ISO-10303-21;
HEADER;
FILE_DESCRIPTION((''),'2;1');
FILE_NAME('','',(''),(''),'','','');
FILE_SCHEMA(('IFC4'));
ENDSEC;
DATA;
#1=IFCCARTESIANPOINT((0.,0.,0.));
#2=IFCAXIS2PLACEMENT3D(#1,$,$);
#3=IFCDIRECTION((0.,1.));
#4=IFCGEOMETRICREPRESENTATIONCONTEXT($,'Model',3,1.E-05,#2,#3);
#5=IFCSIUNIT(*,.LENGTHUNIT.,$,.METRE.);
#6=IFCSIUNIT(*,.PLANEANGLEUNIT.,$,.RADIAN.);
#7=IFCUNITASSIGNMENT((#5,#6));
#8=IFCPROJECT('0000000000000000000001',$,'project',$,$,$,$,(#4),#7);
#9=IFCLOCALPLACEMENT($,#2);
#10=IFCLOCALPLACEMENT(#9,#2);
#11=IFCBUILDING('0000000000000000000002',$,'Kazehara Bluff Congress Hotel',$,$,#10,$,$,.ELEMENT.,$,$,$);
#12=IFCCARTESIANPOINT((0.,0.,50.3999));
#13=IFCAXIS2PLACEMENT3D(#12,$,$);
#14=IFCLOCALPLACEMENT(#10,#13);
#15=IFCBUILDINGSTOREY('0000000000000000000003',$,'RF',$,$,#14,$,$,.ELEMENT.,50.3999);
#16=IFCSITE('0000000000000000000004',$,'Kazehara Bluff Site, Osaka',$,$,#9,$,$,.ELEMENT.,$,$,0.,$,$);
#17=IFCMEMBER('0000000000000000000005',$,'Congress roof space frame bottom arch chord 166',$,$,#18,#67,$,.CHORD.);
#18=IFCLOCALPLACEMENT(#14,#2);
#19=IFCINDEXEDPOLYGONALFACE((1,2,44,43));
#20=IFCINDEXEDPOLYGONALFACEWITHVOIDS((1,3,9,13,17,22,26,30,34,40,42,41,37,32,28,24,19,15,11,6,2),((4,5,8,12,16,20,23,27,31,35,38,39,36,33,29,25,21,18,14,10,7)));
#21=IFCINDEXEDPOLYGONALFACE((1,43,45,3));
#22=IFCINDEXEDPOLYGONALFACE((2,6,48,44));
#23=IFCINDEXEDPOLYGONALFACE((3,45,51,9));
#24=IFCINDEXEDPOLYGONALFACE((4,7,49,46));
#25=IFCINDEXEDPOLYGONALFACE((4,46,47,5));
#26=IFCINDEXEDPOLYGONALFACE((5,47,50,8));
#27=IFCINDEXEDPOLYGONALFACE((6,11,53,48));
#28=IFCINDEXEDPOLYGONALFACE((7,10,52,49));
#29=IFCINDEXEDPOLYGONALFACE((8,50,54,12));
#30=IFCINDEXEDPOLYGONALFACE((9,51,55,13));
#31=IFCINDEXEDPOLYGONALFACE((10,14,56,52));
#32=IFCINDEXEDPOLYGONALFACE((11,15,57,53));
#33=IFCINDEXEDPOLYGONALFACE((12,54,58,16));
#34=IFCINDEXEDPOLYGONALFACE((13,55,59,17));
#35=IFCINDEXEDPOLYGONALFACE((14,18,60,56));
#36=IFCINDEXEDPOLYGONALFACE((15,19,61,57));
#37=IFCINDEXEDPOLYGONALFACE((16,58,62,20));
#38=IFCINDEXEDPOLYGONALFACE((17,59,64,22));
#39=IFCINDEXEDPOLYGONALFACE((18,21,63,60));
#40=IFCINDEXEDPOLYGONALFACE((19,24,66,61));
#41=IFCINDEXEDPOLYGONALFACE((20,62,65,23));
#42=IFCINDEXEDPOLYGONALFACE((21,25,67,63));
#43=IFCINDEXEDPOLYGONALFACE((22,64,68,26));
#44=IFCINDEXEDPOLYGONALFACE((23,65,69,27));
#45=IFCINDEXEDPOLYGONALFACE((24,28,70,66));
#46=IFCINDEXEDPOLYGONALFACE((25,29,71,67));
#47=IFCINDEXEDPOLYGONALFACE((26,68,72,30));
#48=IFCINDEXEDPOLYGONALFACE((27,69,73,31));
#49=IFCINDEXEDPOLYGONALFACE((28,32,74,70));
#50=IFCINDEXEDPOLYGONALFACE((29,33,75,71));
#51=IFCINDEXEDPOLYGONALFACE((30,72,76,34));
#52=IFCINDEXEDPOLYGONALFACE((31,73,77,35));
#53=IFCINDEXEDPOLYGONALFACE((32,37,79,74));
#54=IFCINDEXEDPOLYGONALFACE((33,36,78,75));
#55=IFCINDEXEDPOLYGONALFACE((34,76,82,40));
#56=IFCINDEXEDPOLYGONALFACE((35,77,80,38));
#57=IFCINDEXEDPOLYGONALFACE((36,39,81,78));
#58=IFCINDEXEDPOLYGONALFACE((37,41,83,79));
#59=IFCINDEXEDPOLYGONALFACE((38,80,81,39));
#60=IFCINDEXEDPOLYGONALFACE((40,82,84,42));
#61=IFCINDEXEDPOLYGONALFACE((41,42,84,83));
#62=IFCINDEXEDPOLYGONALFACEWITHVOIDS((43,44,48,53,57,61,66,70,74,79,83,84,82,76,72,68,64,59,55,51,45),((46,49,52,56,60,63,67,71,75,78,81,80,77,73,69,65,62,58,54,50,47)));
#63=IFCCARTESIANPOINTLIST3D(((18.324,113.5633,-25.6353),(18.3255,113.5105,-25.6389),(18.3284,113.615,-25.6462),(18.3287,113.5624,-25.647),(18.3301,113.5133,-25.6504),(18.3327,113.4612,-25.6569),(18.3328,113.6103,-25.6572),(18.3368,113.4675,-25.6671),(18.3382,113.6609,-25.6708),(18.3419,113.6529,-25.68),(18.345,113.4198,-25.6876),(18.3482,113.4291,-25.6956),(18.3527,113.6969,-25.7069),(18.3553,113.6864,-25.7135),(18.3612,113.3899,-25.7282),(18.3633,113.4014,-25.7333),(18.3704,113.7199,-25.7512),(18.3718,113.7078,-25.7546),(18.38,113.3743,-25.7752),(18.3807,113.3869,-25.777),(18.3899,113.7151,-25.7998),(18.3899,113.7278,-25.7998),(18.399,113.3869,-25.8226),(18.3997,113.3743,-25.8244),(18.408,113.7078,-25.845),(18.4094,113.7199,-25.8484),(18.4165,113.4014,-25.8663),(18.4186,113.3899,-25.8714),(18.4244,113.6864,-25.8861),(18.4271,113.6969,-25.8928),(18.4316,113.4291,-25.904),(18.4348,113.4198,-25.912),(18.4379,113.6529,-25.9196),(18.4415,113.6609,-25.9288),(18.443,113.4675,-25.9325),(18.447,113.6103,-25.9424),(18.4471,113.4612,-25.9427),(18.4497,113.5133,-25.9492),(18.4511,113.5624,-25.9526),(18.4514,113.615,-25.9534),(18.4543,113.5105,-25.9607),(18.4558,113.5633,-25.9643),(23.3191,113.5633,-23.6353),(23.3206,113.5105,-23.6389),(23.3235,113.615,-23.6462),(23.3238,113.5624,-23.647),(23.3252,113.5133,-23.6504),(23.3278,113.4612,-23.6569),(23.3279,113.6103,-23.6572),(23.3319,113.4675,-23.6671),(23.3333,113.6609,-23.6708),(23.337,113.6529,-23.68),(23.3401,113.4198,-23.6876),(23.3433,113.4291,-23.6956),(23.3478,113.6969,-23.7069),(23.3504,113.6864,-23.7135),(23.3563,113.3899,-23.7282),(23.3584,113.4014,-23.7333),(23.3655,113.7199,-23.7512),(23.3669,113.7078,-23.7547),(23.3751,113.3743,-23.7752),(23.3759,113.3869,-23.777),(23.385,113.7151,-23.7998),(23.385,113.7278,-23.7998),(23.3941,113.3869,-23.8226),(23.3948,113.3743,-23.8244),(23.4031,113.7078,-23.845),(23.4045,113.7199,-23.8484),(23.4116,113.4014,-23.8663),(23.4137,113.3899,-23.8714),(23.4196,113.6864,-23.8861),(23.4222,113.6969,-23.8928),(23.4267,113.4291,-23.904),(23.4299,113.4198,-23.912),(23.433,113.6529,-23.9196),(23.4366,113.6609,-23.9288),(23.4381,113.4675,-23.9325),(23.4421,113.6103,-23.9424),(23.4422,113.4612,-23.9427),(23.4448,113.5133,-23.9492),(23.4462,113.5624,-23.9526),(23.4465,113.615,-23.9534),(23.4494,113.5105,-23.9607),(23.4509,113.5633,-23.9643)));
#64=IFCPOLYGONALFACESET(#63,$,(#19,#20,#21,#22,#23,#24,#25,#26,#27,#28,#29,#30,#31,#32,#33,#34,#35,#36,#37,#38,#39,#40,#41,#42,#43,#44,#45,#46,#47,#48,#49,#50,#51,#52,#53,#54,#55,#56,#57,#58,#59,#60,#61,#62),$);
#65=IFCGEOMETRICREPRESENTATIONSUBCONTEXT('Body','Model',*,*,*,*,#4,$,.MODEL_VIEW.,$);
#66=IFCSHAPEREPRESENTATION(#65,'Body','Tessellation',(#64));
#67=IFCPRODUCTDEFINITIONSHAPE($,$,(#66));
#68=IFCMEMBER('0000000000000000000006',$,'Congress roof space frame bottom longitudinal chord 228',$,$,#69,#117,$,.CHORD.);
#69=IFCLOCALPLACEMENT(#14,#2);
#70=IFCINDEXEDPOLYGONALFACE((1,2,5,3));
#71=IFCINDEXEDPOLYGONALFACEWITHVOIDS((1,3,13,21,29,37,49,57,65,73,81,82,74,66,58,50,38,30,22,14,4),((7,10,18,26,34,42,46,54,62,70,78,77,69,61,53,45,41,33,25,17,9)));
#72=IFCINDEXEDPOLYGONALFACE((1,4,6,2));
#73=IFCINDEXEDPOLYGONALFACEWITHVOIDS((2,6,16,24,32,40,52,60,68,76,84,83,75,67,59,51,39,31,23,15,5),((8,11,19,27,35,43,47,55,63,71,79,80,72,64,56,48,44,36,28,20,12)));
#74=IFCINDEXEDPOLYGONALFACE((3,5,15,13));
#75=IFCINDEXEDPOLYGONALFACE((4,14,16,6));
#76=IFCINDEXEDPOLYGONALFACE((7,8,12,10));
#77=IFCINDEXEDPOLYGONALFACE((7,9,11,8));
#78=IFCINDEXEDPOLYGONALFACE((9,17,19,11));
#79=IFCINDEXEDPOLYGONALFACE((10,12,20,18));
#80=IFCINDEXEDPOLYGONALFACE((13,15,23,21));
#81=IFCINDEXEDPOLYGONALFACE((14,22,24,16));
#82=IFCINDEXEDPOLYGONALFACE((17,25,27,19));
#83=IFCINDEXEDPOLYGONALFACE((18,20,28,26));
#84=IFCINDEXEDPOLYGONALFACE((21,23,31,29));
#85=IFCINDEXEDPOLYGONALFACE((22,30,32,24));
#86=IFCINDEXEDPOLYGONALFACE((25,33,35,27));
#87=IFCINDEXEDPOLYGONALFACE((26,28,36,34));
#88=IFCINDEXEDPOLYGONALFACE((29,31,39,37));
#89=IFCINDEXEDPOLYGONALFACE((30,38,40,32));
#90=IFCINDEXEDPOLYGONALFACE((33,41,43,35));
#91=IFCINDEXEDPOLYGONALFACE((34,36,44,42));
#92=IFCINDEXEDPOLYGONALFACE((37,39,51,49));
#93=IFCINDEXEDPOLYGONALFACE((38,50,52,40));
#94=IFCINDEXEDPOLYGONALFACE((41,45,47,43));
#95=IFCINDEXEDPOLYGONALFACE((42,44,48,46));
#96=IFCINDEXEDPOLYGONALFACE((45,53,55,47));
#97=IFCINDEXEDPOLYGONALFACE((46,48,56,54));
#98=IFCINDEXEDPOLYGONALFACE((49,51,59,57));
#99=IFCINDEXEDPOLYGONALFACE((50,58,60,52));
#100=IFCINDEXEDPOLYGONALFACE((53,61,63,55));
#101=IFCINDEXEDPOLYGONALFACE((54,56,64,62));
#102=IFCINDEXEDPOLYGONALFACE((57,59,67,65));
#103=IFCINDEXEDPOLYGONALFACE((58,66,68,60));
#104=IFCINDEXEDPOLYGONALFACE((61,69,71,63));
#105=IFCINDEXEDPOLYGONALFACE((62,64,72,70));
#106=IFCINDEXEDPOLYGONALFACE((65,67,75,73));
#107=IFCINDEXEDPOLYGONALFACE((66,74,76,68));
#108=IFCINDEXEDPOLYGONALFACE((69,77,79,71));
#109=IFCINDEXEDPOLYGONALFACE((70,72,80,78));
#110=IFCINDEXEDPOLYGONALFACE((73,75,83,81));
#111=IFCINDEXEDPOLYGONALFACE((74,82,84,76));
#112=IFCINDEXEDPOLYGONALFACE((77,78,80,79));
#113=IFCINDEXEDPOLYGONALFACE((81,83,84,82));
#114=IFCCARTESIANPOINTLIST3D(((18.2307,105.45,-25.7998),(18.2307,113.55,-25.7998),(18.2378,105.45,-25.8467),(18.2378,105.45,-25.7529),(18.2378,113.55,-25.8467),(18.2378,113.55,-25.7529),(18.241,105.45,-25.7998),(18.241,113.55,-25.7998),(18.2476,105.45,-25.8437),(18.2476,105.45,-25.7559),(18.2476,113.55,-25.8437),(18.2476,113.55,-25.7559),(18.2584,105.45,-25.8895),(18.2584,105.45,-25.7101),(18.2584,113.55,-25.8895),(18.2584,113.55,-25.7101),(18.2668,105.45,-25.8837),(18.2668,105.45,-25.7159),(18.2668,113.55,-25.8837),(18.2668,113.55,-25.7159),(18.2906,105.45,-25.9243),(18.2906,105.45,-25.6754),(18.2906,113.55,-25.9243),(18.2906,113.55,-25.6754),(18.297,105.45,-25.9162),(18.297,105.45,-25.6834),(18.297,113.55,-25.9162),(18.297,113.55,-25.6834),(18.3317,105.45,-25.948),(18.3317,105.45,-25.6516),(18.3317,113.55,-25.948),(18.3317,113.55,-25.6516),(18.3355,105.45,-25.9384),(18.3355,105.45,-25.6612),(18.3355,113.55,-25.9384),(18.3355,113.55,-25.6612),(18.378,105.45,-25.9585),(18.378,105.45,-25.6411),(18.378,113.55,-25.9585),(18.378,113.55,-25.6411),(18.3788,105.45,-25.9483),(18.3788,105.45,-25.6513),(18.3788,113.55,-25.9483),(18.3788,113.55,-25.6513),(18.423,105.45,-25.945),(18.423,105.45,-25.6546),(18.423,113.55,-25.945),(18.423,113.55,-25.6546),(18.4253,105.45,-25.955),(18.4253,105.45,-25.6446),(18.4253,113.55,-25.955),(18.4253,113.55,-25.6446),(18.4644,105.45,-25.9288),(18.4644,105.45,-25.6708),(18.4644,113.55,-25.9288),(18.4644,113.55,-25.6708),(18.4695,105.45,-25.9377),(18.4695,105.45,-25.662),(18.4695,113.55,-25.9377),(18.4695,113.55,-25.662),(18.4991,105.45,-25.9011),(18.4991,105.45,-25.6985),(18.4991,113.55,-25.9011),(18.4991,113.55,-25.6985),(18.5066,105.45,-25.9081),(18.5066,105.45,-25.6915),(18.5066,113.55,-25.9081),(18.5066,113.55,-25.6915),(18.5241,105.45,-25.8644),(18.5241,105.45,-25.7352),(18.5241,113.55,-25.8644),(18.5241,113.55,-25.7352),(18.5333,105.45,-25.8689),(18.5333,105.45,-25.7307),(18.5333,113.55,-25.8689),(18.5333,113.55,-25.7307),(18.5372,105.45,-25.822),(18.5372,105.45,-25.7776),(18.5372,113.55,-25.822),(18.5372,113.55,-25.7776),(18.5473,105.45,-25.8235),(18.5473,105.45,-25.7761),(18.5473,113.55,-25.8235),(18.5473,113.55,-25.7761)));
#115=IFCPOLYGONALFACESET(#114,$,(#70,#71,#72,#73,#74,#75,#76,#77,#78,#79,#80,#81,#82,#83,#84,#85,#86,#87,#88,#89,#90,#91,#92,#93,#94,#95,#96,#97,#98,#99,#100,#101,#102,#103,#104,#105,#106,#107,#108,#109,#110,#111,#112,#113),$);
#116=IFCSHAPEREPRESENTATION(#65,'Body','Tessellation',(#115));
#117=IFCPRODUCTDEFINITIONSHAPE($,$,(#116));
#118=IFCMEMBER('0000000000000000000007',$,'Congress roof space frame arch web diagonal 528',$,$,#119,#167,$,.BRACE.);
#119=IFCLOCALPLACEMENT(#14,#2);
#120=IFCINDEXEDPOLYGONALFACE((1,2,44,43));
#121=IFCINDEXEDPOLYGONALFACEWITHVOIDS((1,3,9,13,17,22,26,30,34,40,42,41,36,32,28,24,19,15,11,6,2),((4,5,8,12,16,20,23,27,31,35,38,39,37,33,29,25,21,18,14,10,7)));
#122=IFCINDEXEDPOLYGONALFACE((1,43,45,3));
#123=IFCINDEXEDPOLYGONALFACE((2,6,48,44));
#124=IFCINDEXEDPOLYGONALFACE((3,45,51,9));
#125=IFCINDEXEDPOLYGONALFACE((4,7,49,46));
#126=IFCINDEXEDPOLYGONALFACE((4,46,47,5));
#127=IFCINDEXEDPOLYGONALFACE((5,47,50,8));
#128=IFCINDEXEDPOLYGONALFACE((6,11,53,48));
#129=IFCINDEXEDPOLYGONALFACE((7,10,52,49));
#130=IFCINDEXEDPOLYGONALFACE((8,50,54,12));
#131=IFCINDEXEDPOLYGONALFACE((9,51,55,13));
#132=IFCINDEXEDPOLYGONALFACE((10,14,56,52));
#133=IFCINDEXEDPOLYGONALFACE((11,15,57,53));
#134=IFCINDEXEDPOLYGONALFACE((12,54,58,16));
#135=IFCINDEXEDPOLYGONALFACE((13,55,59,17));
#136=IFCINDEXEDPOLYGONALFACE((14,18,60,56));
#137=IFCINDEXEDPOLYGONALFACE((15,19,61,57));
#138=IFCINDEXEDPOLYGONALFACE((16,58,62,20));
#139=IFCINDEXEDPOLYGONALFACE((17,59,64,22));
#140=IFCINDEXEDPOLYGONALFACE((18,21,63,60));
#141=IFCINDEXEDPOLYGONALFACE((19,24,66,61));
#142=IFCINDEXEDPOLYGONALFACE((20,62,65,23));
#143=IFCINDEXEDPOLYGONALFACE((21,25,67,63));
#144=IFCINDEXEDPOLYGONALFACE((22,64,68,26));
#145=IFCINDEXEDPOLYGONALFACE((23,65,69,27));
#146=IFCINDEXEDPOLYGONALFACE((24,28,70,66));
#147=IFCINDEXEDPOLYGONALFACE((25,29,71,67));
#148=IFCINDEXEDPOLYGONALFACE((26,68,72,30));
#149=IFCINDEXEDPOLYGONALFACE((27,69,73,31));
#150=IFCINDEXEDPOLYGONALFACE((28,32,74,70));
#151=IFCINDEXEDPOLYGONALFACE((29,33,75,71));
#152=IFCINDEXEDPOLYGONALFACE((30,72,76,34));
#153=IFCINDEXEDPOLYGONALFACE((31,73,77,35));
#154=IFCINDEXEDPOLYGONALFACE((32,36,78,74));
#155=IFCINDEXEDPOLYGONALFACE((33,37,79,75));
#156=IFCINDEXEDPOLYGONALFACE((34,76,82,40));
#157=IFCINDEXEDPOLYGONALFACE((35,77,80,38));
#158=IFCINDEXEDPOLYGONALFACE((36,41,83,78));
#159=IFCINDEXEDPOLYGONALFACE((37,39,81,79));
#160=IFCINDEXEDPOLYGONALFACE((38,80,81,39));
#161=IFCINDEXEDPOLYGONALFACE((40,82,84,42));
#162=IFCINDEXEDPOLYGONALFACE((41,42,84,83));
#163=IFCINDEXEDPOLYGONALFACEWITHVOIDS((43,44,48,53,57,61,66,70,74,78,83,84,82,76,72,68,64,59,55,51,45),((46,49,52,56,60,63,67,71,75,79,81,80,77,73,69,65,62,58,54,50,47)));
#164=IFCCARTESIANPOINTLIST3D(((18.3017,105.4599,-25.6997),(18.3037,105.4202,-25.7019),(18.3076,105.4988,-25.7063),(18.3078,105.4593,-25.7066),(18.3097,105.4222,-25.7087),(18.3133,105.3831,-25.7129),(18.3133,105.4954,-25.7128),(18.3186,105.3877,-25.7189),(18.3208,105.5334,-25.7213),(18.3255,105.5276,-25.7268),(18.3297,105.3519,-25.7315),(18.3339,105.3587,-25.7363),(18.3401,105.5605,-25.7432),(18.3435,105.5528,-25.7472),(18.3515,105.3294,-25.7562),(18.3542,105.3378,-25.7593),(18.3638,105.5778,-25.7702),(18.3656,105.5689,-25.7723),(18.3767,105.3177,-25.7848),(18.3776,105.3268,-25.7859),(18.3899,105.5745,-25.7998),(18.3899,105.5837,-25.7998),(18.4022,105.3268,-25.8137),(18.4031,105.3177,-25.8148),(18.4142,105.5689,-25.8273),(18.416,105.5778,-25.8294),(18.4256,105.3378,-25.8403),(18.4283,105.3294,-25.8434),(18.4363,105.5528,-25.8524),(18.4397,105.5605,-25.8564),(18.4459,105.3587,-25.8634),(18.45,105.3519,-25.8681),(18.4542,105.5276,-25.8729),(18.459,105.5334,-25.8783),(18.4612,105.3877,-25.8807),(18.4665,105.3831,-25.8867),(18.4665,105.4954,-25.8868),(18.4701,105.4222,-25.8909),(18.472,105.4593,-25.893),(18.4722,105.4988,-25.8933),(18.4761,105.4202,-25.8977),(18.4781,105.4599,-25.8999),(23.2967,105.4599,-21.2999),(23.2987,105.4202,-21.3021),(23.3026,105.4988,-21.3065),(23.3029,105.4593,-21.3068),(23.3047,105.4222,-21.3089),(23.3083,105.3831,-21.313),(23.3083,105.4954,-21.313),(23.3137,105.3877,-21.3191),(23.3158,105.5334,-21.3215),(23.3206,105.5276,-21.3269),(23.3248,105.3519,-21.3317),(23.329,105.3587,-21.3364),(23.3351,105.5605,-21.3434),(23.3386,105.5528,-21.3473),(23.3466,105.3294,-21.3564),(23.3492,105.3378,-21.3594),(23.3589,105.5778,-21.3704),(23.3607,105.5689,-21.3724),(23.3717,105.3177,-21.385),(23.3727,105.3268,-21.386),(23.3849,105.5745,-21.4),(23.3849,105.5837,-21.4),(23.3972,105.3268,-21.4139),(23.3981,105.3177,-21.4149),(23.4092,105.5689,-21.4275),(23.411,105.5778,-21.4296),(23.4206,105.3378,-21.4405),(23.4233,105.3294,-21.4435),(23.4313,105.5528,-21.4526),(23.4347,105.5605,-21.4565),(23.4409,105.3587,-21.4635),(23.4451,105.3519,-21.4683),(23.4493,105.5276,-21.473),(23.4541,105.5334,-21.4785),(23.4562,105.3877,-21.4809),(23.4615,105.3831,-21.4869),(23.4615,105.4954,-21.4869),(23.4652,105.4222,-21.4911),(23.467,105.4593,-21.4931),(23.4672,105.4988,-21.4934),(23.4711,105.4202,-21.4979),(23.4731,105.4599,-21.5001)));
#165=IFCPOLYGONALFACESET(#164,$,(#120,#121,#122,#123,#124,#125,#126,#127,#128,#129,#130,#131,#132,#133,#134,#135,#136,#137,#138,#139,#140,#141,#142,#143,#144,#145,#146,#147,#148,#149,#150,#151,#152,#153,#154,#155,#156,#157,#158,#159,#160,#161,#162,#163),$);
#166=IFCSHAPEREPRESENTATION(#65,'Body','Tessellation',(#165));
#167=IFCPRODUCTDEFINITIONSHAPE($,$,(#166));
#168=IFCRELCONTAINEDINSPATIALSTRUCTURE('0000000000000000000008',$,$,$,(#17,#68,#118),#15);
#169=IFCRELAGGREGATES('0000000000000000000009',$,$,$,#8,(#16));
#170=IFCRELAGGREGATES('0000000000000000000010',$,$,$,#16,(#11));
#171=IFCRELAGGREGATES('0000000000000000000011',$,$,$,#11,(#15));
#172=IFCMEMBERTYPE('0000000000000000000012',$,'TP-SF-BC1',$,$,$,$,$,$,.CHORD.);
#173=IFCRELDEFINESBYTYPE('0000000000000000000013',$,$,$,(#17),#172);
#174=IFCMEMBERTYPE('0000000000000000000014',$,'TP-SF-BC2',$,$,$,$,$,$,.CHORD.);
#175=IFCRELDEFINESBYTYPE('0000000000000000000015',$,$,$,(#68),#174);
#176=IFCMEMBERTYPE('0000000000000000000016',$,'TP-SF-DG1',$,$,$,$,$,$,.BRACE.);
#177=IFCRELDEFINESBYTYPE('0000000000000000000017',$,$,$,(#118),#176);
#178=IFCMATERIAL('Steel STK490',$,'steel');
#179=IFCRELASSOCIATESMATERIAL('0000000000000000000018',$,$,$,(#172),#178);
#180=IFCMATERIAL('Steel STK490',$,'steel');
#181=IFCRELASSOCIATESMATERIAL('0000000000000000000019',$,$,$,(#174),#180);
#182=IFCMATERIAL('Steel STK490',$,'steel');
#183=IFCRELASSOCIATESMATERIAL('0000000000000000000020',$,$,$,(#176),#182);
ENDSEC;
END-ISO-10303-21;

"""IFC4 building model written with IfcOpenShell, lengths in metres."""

from ifc_helpers import new_model, si_unit, direction, frame, origin, origin_2d, place, context, subcontext, project, spatial, hollow_circle, extrude, material, material_profile, profile_set, type_object, element, save


model = new_model("IFC4")

# Units and contexts
model_context = context("Model", 3, precision=1e-05, world=origin(), true_north=direction((0.0, 1.0)))
body_context = subcontext(model_context, "Body", "Model", "MODEL_VIEW")
ifc_project = project(units=[si_unit("LENGTHUNIT", "METRE"), si_unit("PLANEANGLEUNIT", "RADIAN")], contexts=[model_context])

# Site, building, storey
site_placement = place(None, origin())
site = spatial("IfcSite", under=ifc_project, at=site_placement, Name="Kazehara Bluff Site, Osaka", CompositionType="ELEMENT", RefElevation=0.0)
building_placement = place(site_placement, origin())
building = spatial("IfcBuilding", under=site, at=building_placement, Name="Kazehara Bluff Congress Hotel", CompositionType="ELEMENT")
storey_placement = place(building_placement, frame((0.0, 0.0, 50.3999)))
storey = spatial("IfcBuildingStorey", under=building, at=storey_placement, Name="RF", CompositionType="ELEMENT", Elevation=50.3999)

# Members
ifc_material_1 = material(Name="Steel STK490", Category="steel")
ifc_material_profile_1 = material_profile(ifc_material_1, hollow_circle(Radius=0.1777, WallThickness=0.0127, at=origin_2d()))
ifc_profile_set_1 = profile_set([ifc_material_profile_1], Name="Steel STK490")
member_type_1 = type_object("IfcMemberType", Name="TP-SF-BC1", PredefinedType="CHORD", material=ifc_profile_set_1)
member_1_placement = place(storey_placement, frame((18.3899, 113.55, -25.7998), z_axis=(0.928351, 0.0, 0.371704), x_axis=(0.0, 1.0, 0.0)))
element("IfcMember", 1, at=member_1_placement, inside=storey, type_object=member_type_1, Name="Congress roof space frame bottom arch chord 166", PredefinedType="CHORD", context=body_context, shape_type="SweptSolid", body=[
    extrude(hollow_circle(Radius=0.1777, WallThickness=0.0127, at=origin_2d()), origin(), (0.0, 0.0, 1.0), 5.3806),
])
ifc_material_2 = material(Name="Steel STK490", Category="steel")
ifc_material_profile_2 = material_profile(ifc_material_2, hollow_circle(Radius=0.1592, WallThickness=0.0103, at=origin_2d()))
ifc_profile_set_2 = profile_set([ifc_material_profile_2], Name="Steel STK490")
member_type_2 = type_object("IfcMemberType", Name="TP-SF-BC2", PredefinedType="CHORD", material=ifc_profile_set_2)
member_2_placement = place(storey_placement, frame((18.3899, 105.45, -25.7998), z_axis=(0.0, 1.0, 0.0), x_axis=(-1.0, 0.0, 0.0)))
element("IfcMember", 2, at=member_2_placement, inside=storey, type_object=member_type_2, Name="Congress roof space frame bottom longitudinal chord 228", PredefinedType="CHORD", context=body_context, shape_type="SweptSolid", body=[
    extrude(hollow_circle(Radius=0.1592, WallThickness=0.0103, at=origin_2d()), origin(), (0.0, 0.0, 1.0), 8.1001),
])
ifc_material_3 = material(Name="Steel STK490", Category="steel")
ifc_material_profile_3 = material_profile(ifc_material_3, hollow_circle(Radius=0.1338, WallThickness=0.0093, at=origin_2d()))
ifc_profile_set_3 = profile_set([ifc_material_profile_3], Name="Steel STK490")
member_type_3 = type_object("IfcMemberType", Name="TP-SF-DG1", PredefinedType="BRACE", material=ifc_profile_set_3)
member_3_placement = place(storey_placement, frame((18.3899, 105.45, -25.7998), z_axis=(0.750401, 0.0, 0.660983), x_axis=(0.0, 1.0, 0.0)))
element("IfcMember", 3, at=member_3_placement, inside=storey, type_object=member_type_3, Name="Congress roof space frame arch web diagonal 528", PredefinedType="BRACE", context=body_context, shape_type="SweptSolid", body=[
    extrude(hollow_circle(Radius=0.1338, WallThickness=0.0093, at=origin_2d()), origin(), (0.0, 0.0, 1.0), 6.6565),
])

save(model, "model.ifc")
